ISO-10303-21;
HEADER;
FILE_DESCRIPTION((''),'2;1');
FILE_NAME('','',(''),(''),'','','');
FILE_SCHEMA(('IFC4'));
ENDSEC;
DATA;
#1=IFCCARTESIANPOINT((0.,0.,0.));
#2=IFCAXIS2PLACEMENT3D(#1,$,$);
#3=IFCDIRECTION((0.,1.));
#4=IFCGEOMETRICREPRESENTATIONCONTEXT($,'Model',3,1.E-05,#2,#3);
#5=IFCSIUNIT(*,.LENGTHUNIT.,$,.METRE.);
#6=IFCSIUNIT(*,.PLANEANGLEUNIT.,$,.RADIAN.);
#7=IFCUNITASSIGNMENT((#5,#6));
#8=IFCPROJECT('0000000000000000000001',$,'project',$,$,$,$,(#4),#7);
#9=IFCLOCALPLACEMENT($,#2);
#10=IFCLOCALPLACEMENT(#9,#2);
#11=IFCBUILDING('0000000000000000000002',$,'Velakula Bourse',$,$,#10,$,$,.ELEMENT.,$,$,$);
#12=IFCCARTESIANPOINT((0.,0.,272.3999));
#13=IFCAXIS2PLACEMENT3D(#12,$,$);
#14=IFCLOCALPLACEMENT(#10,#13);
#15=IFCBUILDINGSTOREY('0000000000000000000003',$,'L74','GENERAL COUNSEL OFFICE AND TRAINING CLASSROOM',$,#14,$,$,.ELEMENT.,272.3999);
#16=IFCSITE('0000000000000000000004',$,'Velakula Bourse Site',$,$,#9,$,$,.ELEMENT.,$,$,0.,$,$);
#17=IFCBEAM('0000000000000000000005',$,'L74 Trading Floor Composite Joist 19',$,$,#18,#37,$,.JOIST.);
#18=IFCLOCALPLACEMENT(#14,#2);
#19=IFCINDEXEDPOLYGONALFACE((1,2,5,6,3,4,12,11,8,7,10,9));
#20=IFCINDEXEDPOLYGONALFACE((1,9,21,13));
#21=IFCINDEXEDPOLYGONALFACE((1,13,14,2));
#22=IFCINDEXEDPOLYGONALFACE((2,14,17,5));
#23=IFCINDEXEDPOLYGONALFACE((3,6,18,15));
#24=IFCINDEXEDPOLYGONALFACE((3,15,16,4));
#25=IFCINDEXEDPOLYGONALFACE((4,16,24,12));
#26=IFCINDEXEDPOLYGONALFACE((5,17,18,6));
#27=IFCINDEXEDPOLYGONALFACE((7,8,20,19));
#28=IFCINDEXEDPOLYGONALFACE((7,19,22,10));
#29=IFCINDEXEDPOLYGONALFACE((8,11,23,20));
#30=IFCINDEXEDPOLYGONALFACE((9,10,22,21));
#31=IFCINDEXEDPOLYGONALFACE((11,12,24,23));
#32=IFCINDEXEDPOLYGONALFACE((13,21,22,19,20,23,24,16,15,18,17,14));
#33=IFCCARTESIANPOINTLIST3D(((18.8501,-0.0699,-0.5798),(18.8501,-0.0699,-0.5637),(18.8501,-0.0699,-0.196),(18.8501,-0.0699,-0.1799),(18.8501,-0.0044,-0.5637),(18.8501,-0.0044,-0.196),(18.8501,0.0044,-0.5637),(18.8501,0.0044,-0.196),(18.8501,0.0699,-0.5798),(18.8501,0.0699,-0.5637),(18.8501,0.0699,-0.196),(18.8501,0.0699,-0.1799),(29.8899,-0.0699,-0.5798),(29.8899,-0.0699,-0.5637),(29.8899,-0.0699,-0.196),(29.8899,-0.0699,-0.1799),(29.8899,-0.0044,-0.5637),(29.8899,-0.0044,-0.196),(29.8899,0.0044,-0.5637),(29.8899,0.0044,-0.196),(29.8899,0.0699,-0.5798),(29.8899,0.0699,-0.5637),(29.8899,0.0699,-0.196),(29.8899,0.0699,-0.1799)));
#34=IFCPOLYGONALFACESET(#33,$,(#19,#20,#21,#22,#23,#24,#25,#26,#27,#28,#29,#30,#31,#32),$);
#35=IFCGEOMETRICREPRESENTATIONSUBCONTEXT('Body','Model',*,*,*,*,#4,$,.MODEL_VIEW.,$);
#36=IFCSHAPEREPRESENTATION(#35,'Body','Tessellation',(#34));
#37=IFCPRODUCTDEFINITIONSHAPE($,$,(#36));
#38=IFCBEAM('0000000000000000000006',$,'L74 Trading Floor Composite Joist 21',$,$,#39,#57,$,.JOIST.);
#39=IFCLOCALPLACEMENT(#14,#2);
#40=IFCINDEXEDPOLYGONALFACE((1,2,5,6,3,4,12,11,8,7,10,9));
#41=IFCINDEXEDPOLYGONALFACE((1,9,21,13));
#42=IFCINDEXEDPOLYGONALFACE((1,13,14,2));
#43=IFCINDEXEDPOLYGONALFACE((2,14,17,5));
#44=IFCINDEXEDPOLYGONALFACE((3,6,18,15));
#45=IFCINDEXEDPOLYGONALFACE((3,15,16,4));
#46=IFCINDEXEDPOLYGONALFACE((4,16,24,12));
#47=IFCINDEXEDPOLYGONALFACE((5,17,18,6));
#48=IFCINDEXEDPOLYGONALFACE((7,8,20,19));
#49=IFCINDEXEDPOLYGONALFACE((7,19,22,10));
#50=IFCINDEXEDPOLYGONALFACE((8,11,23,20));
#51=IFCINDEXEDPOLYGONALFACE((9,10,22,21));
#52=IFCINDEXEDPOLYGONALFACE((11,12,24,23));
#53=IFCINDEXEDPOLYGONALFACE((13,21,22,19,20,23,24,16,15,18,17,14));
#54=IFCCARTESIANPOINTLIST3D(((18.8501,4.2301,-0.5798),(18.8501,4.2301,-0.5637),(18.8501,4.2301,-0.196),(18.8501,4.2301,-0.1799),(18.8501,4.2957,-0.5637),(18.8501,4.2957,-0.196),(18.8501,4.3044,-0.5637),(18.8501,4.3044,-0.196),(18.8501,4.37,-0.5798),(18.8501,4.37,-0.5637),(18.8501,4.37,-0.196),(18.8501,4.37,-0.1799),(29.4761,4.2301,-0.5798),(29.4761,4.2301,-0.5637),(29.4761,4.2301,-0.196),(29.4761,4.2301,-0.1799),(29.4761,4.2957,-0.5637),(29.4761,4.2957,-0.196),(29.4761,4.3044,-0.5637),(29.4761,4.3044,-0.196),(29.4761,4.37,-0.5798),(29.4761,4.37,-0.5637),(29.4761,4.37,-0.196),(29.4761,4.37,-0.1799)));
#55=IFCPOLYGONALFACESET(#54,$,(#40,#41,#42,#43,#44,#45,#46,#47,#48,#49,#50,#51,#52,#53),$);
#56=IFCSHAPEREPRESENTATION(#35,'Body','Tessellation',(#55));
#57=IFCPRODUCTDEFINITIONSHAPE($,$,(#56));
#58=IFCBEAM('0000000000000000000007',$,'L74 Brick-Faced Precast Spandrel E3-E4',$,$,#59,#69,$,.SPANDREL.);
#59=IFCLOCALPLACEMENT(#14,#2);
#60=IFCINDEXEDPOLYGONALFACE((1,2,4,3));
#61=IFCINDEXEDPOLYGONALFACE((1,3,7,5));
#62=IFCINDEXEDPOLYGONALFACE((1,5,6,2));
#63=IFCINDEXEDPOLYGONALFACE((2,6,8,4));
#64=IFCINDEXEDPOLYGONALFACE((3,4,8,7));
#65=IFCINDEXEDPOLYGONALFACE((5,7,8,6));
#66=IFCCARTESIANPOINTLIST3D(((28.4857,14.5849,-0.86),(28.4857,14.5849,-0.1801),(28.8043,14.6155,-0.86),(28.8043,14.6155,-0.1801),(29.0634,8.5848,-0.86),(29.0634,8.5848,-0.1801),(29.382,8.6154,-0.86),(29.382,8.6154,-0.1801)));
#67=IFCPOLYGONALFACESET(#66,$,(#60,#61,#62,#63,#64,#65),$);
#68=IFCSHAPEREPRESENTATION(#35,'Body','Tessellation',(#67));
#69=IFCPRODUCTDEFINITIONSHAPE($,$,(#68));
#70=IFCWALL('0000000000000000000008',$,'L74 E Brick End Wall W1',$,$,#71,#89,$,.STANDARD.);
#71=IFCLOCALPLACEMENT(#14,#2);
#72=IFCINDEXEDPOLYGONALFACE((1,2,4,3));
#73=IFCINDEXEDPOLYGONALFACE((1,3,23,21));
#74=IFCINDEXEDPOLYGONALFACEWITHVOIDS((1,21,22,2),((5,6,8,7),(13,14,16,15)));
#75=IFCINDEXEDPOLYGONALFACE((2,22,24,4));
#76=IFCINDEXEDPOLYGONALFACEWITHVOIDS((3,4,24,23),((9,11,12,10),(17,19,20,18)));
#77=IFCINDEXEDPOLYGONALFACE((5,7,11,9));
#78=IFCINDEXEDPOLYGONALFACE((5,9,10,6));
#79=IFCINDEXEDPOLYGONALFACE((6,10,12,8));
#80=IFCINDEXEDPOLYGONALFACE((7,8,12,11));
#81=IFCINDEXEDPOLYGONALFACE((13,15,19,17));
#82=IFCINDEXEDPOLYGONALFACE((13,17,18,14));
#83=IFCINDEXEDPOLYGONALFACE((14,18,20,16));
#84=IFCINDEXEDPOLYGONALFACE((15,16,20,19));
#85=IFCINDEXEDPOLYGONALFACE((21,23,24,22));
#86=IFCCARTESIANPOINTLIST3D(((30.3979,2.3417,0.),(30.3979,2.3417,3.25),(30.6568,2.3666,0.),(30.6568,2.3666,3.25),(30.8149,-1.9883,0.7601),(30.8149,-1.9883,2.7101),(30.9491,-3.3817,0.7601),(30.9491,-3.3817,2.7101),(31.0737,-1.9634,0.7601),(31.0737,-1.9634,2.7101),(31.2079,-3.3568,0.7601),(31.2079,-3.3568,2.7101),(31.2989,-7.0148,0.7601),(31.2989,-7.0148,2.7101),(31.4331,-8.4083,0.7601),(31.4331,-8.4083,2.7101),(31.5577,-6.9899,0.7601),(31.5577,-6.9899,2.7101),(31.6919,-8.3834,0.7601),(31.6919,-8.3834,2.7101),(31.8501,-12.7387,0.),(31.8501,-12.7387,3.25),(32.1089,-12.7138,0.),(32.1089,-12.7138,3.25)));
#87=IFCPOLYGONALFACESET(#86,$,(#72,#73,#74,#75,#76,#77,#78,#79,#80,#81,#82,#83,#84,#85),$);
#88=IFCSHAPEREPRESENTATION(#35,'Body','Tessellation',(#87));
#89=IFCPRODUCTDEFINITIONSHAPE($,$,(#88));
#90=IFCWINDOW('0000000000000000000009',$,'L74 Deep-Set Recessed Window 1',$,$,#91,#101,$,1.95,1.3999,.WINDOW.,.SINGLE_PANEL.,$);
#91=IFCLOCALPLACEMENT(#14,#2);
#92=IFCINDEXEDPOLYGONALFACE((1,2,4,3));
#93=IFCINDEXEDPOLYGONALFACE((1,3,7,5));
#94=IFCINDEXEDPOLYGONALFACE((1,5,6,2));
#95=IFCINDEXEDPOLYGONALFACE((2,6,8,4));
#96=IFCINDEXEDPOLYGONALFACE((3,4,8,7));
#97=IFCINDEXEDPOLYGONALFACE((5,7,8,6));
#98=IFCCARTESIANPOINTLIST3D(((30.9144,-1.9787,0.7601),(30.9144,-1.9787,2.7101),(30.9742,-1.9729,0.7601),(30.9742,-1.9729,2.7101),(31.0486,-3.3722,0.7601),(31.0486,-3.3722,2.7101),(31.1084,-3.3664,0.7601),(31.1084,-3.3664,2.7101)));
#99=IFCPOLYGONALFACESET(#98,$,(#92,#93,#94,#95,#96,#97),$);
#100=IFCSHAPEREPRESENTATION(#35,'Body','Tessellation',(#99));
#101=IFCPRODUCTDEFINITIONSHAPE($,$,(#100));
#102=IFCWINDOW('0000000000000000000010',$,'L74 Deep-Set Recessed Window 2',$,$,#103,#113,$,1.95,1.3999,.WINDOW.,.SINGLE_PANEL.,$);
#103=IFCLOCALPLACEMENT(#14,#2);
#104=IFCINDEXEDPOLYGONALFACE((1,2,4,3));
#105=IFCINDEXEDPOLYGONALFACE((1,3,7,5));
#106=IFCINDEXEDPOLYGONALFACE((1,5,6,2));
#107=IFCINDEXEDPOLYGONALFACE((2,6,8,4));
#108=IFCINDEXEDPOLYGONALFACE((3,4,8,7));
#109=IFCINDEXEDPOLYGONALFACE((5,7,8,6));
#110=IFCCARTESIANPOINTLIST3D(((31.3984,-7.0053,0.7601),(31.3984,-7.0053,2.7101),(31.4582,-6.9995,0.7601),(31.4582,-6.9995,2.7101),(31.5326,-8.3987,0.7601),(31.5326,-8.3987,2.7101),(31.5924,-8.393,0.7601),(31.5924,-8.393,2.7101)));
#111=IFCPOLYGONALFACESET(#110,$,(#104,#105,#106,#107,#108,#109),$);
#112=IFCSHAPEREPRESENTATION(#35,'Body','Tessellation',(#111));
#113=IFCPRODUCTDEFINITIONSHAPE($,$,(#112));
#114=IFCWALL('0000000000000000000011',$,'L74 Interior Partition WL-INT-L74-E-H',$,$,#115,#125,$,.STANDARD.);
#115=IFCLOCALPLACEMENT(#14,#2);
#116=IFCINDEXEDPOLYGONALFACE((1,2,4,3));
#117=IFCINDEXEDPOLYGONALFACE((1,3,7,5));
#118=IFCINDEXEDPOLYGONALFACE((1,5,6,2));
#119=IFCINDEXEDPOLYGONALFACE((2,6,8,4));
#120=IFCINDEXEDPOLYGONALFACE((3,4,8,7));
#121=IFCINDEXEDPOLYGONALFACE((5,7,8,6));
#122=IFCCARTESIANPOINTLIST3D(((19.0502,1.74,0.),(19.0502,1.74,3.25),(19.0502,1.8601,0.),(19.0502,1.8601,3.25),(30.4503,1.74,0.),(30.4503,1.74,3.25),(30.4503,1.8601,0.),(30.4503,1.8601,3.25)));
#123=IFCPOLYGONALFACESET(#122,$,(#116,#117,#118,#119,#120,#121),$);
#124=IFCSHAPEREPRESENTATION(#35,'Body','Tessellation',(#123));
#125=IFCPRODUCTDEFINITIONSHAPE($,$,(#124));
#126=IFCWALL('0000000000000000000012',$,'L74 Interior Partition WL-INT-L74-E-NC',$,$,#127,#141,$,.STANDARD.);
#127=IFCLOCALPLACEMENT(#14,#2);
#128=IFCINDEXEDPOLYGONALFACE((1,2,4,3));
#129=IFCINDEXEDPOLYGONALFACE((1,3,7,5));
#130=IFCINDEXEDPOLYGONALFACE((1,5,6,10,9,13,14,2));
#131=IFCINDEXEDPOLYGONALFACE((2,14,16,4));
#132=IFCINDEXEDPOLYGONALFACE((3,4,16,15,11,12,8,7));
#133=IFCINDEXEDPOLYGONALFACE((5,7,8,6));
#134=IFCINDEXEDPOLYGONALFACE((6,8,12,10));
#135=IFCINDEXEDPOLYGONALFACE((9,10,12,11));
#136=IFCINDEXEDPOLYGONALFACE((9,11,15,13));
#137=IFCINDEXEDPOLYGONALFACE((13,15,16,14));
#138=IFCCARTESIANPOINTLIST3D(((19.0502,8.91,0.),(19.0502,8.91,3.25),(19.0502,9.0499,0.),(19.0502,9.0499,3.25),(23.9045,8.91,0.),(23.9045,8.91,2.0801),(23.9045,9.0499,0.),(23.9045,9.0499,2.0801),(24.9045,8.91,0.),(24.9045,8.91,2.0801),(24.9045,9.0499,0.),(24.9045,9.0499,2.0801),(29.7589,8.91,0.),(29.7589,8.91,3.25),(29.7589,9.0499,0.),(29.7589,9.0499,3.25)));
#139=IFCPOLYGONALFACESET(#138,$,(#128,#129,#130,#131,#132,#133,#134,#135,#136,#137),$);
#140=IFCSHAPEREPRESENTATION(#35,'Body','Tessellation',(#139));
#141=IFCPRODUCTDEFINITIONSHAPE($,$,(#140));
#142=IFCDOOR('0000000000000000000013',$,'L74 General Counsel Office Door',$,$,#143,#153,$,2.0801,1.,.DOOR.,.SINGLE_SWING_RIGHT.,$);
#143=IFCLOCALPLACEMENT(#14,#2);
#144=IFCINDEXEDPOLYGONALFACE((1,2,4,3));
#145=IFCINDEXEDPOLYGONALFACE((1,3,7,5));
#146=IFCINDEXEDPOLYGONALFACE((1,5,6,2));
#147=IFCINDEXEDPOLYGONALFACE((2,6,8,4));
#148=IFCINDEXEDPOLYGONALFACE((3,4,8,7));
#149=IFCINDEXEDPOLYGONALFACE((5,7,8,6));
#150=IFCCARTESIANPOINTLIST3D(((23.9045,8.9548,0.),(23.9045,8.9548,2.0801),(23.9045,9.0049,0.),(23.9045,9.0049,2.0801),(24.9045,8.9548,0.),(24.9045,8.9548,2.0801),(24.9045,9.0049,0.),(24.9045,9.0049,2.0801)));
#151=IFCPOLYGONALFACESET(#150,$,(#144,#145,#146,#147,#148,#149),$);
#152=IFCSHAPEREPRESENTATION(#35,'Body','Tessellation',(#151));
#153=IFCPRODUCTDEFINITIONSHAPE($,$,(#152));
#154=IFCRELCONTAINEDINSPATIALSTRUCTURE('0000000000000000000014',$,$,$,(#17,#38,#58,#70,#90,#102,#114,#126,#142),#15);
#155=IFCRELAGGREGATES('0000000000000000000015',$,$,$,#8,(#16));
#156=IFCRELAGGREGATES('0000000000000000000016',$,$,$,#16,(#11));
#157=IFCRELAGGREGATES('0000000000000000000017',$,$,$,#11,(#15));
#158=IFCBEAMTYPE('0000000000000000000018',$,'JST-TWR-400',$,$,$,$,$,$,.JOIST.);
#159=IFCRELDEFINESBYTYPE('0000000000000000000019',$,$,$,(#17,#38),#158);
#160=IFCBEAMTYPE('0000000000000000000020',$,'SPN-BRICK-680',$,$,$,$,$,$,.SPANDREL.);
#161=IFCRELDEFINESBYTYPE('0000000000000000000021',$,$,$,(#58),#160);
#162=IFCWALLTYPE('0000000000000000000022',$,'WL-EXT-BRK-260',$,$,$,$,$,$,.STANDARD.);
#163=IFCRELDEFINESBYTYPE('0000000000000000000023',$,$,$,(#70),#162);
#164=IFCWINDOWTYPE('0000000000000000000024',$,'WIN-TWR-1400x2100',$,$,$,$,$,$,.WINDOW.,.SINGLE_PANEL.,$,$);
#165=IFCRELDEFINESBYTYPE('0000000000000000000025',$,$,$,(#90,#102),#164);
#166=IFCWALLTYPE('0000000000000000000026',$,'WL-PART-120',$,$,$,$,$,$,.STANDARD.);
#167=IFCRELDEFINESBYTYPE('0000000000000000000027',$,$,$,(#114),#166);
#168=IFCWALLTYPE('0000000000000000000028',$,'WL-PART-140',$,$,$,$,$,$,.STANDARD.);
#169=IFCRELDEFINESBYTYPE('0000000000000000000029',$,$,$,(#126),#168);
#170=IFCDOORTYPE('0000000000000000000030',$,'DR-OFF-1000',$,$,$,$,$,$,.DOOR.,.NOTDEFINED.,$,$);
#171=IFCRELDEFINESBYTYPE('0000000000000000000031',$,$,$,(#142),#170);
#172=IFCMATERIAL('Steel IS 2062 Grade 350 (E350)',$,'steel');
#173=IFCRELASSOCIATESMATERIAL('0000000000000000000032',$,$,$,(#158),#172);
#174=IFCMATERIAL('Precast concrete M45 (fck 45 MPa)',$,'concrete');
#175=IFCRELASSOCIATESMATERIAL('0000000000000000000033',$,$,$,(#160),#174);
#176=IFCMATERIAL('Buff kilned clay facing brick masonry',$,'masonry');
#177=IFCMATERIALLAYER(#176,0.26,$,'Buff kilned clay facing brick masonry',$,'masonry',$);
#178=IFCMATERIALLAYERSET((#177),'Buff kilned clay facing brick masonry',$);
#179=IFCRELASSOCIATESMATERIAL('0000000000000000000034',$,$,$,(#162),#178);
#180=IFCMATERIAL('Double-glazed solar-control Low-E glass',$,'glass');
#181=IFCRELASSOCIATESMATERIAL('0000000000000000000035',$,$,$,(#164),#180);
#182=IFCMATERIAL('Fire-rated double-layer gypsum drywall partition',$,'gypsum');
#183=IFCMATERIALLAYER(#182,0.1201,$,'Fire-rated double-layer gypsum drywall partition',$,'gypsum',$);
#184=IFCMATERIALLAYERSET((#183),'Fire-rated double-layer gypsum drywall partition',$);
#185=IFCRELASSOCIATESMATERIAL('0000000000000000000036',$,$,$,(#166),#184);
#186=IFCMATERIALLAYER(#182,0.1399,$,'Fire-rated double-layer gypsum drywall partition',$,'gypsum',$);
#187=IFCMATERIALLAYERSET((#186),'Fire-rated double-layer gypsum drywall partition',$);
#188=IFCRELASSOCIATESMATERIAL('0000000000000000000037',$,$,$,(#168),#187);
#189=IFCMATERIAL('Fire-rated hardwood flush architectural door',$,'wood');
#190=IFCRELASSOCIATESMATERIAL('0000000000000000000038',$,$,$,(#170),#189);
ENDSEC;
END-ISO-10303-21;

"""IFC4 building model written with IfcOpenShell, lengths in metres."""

from ifc_helpers import new_model, si_unit, direction, frame, frame_2d, origin, origin_2d, place, context, subcontext, project, spatial, rectangle, i_section, extrude, material, layer, layer_set, material_profile, profile_set, type_object, element, fill, save


model = new_model("IFC4")

# Units and contexts
model_context = context("Model", 3, precision=1e-05, world=origin(), true_north=direction((0.0, 1.0)))
body_context = subcontext(model_context, "Body", "Model", "MODEL_VIEW")
ifc_project = project(units=[si_unit("LENGTHUNIT", "METRE"), si_unit("PLANEANGLEUNIT", "RADIAN")], contexts=[model_context])

# Site, building, storey
site_placement = place(None, origin())
site = spatial("IfcSite", under=ifc_project, at=site_placement, Name="Velakula Bourse Site", CompositionType="ELEMENT", RefElevation=0.0)
building_placement = place(site_placement, origin())
building = spatial("IfcBuilding", under=site, at=building_placement, Name="Velakula Bourse", CompositionType="ELEMENT")
storey_placement = place(building_placement, frame((0.0, 0.0, 272.3999)))
storey = spatial("IfcBuildingStorey", under=building, at=storey_placement, Name="L74", Description="GENERAL COUNSEL OFFICE AND TRAINING CLASSROOM", CompositionType="ELEMENT", Elevation=272.3999)

# Shared definitions
ifc_material_1 = material(Name="Steel IS 2062 Grade 350 (E350)", Category="steel")

# Beams
ifc_material_profile_1 = material_profile(ifc_material_1, i_section(OverallWidth=0.1399, OverallDepth=0.3999, WebThickness=0.0088, FlangeThickness=0.0161, at=origin_2d()), Name="Steel IS 2062 Grade 350 (E350)")
ifc_profile_set_1 = profile_set([ifc_material_profile_1], Name="Steel IS 2062 Grade 350 (E350)")
beam_type_1 = type_object("IfcBeamType", Name="JST-TWR-400", PredefinedType="JOIST", material=ifc_profile_set_1)
beam_1_placement = place(storey_placement, frame((18.8501, 0.0, -0.3799), z_axis=(1.0, 0.0, 0.0), x_axis=(0.0, 1.0, 0.0)))
element("IfcBeam", 1, at=beam_1_placement, inside=storey, type_object=beam_type_1, Name="L74 Trading Floor Composite Joist 19", PredefinedType="JOIST", context=body_context, shape_type="SweptSolid", body=[
    extrude(i_section(OverallWidth=0.1399, OverallDepth=0.3999, WebThickness=0.0088, FlangeThickness=0.0161, at=origin_2d()), origin(), (0.0, 0.0, 1.0), 11.0398),
])
beam_2_placement = place(storey_placement, frame((18.8501, 4.3, -0.3799), z_axis=(1.0, 0.0, 0.0), x_axis=(0.0, 1.0, 0.0)))
element("IfcBeam", 2, at=beam_2_placement, inside=storey, type_object=beam_type_1, Name="L74 Trading Floor Composite Joist 21", PredefinedType="JOIST", context=body_context, shape_type="SweptSolid", body=[
    extrude(i_section(OverallWidth=0.1399, OverallDepth=0.3999, WebThickness=0.0088, FlangeThickness=0.0161, at=origin_2d()), origin(), (0.0, 0.0, 1.0), 10.626),
])
ifc_material_2 = material(Name="Precast concrete M45 (fck 45 MPa)", Category="concrete")
ifc_material_profile_2 = material_profile(ifc_material_2, rectangle(XDim=0.3201, YDim=0.6799, at=origin_2d()), Name="Precast concrete M45 (fck 45 MPa)")
ifc_profile_set_2 = profile_set([ifc_material_profile_2], Name="Precast concrete M45 (fck 45 MPa)")
beam_type_2 = type_object("IfcBeamType", Name="SPN-BRICK-680", PredefinedType="SPANDREL", material=ifc_profile_set_2)
beam_3_placement = place(storey_placement, frame((29.2227, 8.6001, -0.52), z_axis=(-0.09583, 0.995398, 0.0), x_axis=(-0.995398, -0.09583, 0.0)))
element("IfcBeam", 3, at=beam_3_placement, inside=storey, type_object=beam_type_2, Name="L74 Brick-Faced Precast Spandrel E3-E4", PredefinedType="SPANDREL", context=body_context, shape_type="SweptSolid", body=[
    extrude(rectangle(XDim=0.3201, YDim=0.6799, at=origin_2d()), origin(), (0.0, 0.0, 1.0), 6.0278),
])

# Wall, openings, windows
ifc_material_3 = material(Name="Buff kilned clay facing brick masonry", Category="masonry")
ifc_layer_1 = layer(ifc_material_3, 0.26, Name="Buff kilned clay facing brick masonry", Category="masonry")
ifc_layer_set_1 = layer_set([ifc_layer_1], Name="Buff kilned clay facing brick masonry")
wall_type_1 = type_object("IfcWallType", Name="WL-EXT-BRK-260", PredefinedType="STANDARD", material=ifc_layer_set_1)
wall_1_placement = place(storey_placement, frame((30.5273, 2.3542, 0.0), z_axis=(0.0, 0.0, 1.0), x_axis=(0.095851, -0.995396, 0.0)))
wall_1 = element("IfcWall", 4, at=wall_1_placement, inside=storey, type_object=wall_type_1, Name="L74 E Brick End Wall W1", PredefinedType="STANDARD", context=body_context, shape_type="SweptSolid", body=[
    extrude(rectangle(XDim=15.1501, YDim=0.26, at=frame_2d((7.5752, 0.0))), origin(), (0.0, 0.0, 1.0), 3.25),
])
opening_1_placement = place(wall_1_placement, frame((4.3501, 0.0, 0.76)))
opening_1 = element("IfcOpeningElement", 5, at=opening_1_placement, cuts=wall_1, PredefinedType="OPENING", context=body_context, shape_type="SweptSolid", body=[
    extrude(rectangle(XDim=1.3999, YDim=1.95, at=frame_2d((0.7, 0.9751))), frame((0.0, 0.1399, 0.0), z_axis=(0.0, -1.0, 0.0), x_axis=(1.0, 0.0, 0.0)), (0.0, 0.0, 1.0), 0.28),
])
opening_2_placement = place(wall_1_placement, frame((9.3999, 0.0, 0.76)))
opening_2 = element("IfcOpeningElement", 6, at=opening_2_placement, cuts=wall_1, PredefinedType="OPENING", context=body_context, shape_type="SweptSolid", body=[
    extrude(rectangle(XDim=1.3999, YDim=1.95, at=frame_2d((0.7, 0.9751))), frame((0.0, 0.1399, 0.0), z_axis=(0.0, -1.0, 0.0), x_axis=(1.0, 0.0, 0.0)), (0.0, 0.0, 1.0), 0.28),
])
ifc_material_4 = material(Name="Double-glazed solar-control Low-E glass", Category="glass")
window_type = type_object("IfcWindowType", Name="WIN-TWR-1400x2100", PartitioningType="SINGLE_PANEL", PredefinedType="WINDOW", material=ifc_material_4)
window_1_placement = place(opening_1_placement, origin())
window_1 = element("IfcWindow", 7, at=window_1_placement, inside=storey, type_object=window_type, Name="L74 Deep-Set Recessed Window 1", OverallHeight=1.95, OverallWidth=1.3999, PartitioningType="SINGLE_PANEL", PredefinedType="WINDOW", context=body_context, shape_type="SweptSolid", body=[
    extrude(rectangle(XDim=1.3999, YDim=1.95, at=frame_2d((0.7, 0.9751))), frame((0.0, 0.03, 0.0), z_axis=(0.0, -1.0, 0.0), x_axis=(1.0, 0.0, 0.0)), (0.0, 0.0, 1.0), 0.0601),
])
fill(opening_1, window_1)
window_2_placement = place(opening_2_placement, origin())
window_2 = element("IfcWindow", 8, at=window_2_placement, inside=storey, type_object=window_type, Name="L74 Deep-Set Recessed Window 2", OverallHeight=1.95, OverallWidth=1.3999, PartitioningType="SINGLE_PANEL", PredefinedType="WINDOW", context=body_context, shape_type="SweptSolid", body=[
    extrude(rectangle(XDim=1.3999, YDim=1.95, at=frame_2d((0.7, 0.9751))), frame((0.0, 0.03, 0.0), z_axis=(0.0, -1.0, 0.0), x_axis=(1.0, 0.0, 0.0)), (0.0, 0.0, 1.0), 0.0601),
])
fill(opening_2, window_2)

# Wall
ifc_material_5 = material(Name="Fire-rated double-layer gypsum drywall partition", Category="gypsum")
ifc_layer_2 = layer(ifc_material_5, 0.1201, Name="Fire-rated double-layer gypsum drywall partition", Category="gypsum")
ifc_layer_set_2 = layer_set([ifc_layer_2], Name="Fire-rated double-layer gypsum drywall partition")
wall_type_2 = type_object("IfcWallType", Name="WL-PART-120", PredefinedType="STANDARD", material=ifc_layer_set_2)
wall_2_placement = place(storey_placement, frame((19.05, 1.8, 0.0), z_axis=(0.0, 0.0, 1.0), x_axis=(1.0, 0.0, 0.0)))
element("IfcWall", 9, at=wall_2_placement, inside=storey, type_object=wall_type_2, Name="L74 Interior Partition WL-INT-L74-E-H", PredefinedType="STANDARD", context=body_context, shape_type="SweptSolid", body=[
    extrude(rectangle(XDim=11.4001, YDim=0.1201, at=frame_2d((5.7002, 0.0))), origin(), (0.0, 0.0, 1.0), 3.25),
])

# Wall, opening, door
ifc_layer_3 = layer(ifc_material_5, 0.1399, Name="Fire-rated double-layer gypsum drywall partition", Category="gypsum")
ifc_layer_set_3 = layer_set([ifc_layer_3], Name="Fire-rated double-layer gypsum drywall partition")
wall_type_3 = type_object("IfcWallType", Name="WL-PART-140", PredefinedType="STANDARD", material=ifc_layer_set_3)
wall_3_placement = place(storey_placement, frame((19.05, 8.98, 0.0), z_axis=(0.0, 0.0, 1.0), x_axis=(1.0, 0.0, 0.0)))
wall_3 = element("IfcWall", 10, at=wall_3_placement, inside=storey, type_object=wall_type_3, Name="L74 Interior Partition WL-INT-L74-E-NC", PredefinedType="STANDARD", context=body_context, shape_type="SweptSolid", body=[
    extrude(rectangle(XDim=10.7087, YDim=0.1399, at=frame_2d((5.3545, 0.0))), origin(), (0.0, 0.0, 1.0), 3.25),
])
opening_3_placement = place(wall_3_placement, frame((4.8545, 0.0, 0.0)))
opening_3 = element("IfcOpeningElement", 11, at=opening_3_placement, cuts=wall_3, PredefinedType="OPENING", context=body_context, shape_type="SweptSolid", body=[
    extrude(rectangle(XDim=1.0, YDim=2.0801, at=frame_2d((0.5, 1.04))), frame((0.0, 0.0798, 0.0), z_axis=(0.0, -1.0, 0.0), x_axis=(1.0, 0.0, 0.0)), (0.0, 0.0, 1.0), 0.1599),
])
ifc_material_6 = material(Name="Fire-rated hardwood flush architectural door", Category="wood")
door_type = type_object("IfcDoorType", Name="DR-OFF-1000", OperationType="NOTDEFINED", PredefinedType="DOOR", material=ifc_material_6)
door_placement = place(opening_3_placement, origin())
door = element("IfcDoor", 12, at=door_placement, inside=storey, type_object=door_type, Name="L74 General Counsel Office Door", OperationType="SINGLE_SWING_RIGHT", OverallHeight=2.0801, OverallWidth=1.0, PredefinedType="DOOR", context=body_context, shape_type="SweptSolid", body=[
    extrude(rectangle(XDim=1.0, YDim=2.0801, at=frame_2d((0.5, 1.04))), frame((0.0, 0.0249, 0.0), z_axis=(0.0, -1.0, 0.0), x_axis=(1.0, 0.0, 0.0)), (0.0, 0.0, 1.0), 0.05),
])
fill(opening_3, door)

save(model, "model.ifc")
